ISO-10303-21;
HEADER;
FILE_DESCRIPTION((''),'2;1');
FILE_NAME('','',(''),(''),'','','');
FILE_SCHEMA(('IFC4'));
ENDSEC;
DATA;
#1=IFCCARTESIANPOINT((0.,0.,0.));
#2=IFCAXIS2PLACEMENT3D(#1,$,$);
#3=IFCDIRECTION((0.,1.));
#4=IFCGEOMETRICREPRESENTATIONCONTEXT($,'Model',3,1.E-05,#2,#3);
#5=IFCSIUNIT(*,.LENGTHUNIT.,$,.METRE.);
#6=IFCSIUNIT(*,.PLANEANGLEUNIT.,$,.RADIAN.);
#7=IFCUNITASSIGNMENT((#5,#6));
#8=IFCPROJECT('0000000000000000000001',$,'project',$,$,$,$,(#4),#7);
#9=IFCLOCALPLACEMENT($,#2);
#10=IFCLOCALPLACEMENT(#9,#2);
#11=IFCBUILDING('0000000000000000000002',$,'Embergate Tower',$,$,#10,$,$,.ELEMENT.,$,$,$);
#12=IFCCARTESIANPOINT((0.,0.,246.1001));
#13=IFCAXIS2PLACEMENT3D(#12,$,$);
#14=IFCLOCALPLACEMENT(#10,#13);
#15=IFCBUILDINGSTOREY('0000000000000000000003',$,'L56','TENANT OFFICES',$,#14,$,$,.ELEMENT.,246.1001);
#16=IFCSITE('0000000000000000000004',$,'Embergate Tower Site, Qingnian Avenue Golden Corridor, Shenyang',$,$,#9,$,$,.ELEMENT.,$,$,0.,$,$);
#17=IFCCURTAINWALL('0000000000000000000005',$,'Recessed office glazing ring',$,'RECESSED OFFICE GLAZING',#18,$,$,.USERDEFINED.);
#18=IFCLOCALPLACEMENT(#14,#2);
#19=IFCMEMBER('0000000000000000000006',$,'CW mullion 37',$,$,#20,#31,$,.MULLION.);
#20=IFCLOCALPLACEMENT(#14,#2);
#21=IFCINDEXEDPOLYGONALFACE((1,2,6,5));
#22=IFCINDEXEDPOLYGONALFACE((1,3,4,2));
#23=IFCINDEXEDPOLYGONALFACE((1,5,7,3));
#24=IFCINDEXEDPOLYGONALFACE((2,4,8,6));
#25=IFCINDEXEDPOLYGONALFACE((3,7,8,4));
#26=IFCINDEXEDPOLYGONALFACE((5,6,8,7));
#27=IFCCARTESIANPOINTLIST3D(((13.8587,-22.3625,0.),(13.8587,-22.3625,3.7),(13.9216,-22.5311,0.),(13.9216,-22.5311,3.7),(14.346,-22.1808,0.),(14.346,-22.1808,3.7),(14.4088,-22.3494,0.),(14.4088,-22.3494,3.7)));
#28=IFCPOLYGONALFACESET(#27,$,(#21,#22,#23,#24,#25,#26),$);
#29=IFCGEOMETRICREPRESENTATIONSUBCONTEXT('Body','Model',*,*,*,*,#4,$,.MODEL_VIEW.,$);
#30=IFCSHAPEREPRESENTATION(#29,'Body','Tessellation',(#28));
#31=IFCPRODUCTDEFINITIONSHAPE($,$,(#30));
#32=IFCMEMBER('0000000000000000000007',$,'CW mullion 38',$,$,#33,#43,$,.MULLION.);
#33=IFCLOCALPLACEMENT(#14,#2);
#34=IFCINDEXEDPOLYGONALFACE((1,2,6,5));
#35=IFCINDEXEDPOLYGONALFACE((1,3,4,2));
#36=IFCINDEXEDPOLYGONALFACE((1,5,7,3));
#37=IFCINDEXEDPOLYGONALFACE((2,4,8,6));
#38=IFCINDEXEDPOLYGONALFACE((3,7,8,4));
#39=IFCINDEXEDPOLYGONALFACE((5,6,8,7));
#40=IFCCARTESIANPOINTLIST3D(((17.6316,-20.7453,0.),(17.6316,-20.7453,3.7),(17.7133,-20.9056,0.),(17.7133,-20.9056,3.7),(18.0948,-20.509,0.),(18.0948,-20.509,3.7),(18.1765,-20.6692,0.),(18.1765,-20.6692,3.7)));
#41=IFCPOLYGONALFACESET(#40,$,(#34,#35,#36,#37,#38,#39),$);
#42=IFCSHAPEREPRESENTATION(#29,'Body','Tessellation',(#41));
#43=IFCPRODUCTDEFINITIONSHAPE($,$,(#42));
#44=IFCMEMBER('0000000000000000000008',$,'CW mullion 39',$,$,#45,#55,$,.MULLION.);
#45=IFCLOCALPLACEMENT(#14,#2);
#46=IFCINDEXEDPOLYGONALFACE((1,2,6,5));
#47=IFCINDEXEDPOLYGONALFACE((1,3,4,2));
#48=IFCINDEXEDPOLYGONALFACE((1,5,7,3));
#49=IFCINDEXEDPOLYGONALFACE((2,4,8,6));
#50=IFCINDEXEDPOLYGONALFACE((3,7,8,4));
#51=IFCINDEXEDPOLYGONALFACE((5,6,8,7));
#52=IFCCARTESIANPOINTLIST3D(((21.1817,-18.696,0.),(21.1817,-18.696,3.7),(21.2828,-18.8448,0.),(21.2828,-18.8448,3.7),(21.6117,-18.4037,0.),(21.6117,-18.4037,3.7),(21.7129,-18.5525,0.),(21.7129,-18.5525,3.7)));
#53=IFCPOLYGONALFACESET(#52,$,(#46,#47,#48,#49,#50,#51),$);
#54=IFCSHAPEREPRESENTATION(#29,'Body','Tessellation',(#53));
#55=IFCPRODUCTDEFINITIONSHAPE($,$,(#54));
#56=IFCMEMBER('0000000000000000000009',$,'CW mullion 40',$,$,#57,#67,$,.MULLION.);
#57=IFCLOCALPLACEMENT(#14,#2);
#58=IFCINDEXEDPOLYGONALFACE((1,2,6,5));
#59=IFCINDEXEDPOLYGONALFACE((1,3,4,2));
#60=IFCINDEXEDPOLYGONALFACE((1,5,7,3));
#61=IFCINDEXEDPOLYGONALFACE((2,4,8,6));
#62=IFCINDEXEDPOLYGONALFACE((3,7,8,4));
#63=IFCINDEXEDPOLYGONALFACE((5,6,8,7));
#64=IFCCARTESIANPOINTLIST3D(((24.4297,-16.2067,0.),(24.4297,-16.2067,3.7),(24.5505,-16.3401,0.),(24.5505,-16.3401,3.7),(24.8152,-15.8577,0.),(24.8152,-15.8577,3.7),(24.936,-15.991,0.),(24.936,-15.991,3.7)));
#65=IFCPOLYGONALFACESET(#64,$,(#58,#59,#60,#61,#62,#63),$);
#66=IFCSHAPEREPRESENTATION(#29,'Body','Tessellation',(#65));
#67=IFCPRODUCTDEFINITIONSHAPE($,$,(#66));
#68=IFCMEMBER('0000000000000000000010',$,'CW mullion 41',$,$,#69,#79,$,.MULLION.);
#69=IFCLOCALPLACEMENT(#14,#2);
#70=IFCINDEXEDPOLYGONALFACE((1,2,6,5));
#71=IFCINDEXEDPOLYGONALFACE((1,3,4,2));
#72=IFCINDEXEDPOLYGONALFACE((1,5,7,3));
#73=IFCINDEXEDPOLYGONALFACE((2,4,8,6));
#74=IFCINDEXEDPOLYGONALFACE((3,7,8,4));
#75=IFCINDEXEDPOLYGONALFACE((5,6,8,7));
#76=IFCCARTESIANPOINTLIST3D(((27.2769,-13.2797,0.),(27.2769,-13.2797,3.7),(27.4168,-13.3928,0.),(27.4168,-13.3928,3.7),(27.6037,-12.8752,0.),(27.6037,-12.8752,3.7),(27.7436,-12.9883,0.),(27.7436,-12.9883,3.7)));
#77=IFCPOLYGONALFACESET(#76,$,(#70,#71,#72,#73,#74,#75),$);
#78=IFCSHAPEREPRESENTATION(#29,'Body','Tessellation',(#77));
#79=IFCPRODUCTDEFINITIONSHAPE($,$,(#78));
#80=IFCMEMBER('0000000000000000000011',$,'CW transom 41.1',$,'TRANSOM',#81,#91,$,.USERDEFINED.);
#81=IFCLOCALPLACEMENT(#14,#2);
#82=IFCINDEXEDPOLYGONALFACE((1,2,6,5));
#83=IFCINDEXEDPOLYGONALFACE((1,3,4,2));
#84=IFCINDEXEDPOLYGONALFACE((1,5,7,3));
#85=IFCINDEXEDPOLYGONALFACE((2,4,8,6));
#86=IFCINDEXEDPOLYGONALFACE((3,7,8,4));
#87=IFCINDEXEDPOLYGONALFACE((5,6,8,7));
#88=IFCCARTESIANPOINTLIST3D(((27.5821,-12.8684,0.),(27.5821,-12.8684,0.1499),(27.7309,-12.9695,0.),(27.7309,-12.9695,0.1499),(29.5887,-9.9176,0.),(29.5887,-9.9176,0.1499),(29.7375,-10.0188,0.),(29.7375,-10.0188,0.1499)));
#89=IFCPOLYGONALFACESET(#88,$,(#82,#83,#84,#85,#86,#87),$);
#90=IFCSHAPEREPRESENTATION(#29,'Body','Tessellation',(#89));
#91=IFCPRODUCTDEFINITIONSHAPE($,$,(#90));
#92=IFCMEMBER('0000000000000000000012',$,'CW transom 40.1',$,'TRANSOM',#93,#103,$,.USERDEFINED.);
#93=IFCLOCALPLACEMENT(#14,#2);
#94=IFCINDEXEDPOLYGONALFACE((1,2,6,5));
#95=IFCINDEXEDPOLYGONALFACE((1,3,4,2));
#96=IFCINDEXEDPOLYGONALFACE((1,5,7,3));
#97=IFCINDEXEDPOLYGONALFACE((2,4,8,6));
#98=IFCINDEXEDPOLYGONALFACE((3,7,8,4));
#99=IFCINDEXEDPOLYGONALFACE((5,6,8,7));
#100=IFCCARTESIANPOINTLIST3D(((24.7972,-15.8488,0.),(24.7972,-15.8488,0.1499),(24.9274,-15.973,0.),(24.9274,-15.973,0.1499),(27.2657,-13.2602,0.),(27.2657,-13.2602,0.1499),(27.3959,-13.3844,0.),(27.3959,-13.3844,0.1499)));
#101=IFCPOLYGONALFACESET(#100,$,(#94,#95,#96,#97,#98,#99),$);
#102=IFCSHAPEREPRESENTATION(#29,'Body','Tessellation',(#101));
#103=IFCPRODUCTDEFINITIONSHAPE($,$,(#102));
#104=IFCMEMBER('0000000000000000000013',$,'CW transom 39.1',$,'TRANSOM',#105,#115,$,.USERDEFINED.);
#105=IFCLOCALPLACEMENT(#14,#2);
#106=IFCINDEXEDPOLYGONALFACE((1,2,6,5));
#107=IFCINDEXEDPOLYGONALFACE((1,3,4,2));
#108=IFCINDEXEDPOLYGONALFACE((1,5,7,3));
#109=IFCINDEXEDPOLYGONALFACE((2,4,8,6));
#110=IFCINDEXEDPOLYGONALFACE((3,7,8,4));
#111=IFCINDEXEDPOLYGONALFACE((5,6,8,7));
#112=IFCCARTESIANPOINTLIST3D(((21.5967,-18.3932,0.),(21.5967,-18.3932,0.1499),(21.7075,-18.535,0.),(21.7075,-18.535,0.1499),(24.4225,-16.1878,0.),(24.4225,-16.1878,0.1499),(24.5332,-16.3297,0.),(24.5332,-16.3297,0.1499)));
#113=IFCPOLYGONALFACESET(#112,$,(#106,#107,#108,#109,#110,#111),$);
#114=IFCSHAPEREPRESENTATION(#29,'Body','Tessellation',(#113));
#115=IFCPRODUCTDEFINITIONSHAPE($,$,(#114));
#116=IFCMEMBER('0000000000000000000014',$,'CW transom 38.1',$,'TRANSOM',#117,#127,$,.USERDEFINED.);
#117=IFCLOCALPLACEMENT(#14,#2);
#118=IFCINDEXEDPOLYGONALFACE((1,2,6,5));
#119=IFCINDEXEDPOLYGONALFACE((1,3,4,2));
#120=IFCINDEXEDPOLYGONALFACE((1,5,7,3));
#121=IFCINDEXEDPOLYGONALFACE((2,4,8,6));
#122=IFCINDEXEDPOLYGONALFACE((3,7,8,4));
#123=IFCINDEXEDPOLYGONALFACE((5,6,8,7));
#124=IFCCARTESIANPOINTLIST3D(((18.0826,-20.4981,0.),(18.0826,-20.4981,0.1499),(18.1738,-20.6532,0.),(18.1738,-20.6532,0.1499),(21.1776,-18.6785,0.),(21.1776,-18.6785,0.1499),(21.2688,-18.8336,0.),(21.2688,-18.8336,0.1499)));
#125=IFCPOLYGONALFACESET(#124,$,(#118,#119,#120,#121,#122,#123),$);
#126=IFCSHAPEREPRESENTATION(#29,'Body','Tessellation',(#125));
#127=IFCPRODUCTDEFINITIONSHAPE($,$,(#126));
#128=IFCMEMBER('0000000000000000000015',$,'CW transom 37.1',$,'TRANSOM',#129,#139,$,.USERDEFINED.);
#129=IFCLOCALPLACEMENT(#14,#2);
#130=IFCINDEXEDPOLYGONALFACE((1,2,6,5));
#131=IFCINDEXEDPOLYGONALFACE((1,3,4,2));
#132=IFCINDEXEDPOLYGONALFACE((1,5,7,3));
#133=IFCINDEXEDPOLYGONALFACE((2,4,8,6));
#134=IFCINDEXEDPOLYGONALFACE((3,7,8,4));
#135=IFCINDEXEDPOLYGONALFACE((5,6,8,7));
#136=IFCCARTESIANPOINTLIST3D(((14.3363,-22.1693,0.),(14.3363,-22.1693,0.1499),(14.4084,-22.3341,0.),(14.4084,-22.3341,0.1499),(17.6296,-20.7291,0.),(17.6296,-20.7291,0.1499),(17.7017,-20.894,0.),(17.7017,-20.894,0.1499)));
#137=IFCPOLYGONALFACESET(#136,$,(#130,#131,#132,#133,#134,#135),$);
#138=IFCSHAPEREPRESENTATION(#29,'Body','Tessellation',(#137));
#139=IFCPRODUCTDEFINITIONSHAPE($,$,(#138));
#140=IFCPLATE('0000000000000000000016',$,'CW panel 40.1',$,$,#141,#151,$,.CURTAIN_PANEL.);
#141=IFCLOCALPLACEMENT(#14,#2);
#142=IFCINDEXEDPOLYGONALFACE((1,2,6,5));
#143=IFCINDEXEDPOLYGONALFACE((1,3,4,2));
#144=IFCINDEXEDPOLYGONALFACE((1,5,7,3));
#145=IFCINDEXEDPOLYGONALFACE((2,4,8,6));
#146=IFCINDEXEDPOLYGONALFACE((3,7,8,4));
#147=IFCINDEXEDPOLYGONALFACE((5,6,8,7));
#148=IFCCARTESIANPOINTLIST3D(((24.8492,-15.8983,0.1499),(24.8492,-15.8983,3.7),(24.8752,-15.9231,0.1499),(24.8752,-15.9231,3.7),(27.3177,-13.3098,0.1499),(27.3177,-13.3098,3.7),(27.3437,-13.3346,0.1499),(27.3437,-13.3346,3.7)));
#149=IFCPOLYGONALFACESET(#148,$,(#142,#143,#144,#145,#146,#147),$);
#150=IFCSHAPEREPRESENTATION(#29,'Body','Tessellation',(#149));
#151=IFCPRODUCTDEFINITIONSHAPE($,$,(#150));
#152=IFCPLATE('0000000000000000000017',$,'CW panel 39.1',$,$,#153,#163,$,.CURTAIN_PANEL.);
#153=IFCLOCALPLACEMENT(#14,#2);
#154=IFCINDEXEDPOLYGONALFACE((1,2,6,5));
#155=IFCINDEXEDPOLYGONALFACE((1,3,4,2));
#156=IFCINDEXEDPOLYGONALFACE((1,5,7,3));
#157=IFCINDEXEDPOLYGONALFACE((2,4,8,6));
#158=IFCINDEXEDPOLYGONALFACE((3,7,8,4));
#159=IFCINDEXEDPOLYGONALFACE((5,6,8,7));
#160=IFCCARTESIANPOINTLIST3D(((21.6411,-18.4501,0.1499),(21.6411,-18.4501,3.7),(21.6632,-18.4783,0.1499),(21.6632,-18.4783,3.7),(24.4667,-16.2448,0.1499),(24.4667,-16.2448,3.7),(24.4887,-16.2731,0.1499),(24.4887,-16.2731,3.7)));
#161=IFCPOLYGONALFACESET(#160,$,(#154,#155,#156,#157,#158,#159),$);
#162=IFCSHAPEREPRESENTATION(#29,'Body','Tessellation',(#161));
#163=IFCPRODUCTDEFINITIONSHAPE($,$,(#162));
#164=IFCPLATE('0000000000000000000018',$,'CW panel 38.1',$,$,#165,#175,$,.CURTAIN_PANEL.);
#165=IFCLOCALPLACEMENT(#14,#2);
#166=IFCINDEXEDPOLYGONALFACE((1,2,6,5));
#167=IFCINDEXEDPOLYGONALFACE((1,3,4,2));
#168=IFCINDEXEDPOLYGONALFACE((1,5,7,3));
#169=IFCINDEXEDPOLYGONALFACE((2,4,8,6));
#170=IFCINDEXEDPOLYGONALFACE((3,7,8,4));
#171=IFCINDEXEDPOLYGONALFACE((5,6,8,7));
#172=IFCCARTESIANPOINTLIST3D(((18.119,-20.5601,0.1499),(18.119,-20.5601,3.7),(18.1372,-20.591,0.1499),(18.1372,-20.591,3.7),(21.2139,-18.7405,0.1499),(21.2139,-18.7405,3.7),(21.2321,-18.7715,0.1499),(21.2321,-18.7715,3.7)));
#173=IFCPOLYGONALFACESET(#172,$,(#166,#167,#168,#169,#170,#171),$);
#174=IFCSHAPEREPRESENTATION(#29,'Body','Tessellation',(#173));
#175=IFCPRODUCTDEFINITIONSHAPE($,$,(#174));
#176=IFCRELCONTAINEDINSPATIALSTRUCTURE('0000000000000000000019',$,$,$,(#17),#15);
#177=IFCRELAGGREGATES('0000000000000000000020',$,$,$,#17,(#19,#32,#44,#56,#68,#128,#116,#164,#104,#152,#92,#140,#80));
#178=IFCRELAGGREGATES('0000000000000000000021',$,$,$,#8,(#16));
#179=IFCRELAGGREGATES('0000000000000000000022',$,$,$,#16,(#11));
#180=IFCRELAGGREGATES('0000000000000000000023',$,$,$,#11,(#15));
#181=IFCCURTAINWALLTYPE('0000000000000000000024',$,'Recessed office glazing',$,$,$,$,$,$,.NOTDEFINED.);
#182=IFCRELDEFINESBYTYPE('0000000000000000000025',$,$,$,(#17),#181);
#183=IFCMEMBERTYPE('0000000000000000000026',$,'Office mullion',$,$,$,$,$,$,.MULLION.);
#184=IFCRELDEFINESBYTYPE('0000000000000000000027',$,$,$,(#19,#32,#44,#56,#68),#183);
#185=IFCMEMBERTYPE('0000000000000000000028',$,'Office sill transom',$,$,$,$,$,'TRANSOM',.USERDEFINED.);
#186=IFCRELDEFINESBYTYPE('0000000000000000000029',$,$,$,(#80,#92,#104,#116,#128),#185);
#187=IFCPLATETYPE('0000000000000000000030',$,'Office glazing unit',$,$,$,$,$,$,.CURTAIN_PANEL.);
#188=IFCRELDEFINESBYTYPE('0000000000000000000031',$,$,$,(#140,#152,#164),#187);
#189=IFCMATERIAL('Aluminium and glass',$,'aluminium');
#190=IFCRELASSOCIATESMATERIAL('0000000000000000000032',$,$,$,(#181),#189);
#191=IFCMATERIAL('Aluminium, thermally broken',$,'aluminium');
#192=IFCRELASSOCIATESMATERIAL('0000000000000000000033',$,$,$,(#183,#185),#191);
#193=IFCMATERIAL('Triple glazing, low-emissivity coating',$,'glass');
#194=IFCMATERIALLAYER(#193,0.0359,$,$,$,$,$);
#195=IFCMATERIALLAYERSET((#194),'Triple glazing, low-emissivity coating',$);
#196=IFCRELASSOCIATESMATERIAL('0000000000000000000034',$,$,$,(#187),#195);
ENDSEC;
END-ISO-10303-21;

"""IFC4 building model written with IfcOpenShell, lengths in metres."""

from ifc_helpers import new_model, si_unit, direction, frame, origin, origin_2d, place, context, subcontext, project, spatial, rectangle, extrude, source, transform, mapped, material, layer, layer_set, material_profile, profile_set, type_object, element, aggregate, save


model = new_model("IFC4")

# Units and contexts
model_context = context("Model", 3, precision=1e-05, world=origin(), true_north=direction((0.0, 1.0)))
body_context = subcontext(model_context, "Body", "Model", "MODEL_VIEW")
ifc_project = project(units=[si_unit("LENGTHUNIT", "METRE"), si_unit("PLANEANGLEUNIT", "RADIAN")], contexts=[model_context])

# Site, building, storey
site_placement = place(None, origin())
site = spatial("IfcSite", under=ifc_project, at=site_placement, Name="Embergate Tower Site, Qingnian Avenue Golden Corridor, Shenyang", CompositionType="ELEMENT", RefElevation=0.0)
building_placement = place(site_placement, origin())
building = spatial("IfcBuilding", under=site, at=building_placement, Name="Embergate Tower", CompositionType="ELEMENT")
storey_placement = place(building_placement, frame((0.0, 0.0, 246.1001)))
storey = spatial("IfcBuildingStorey", under=building, at=storey_placement, Name="L56", Description="TENANT OFFICES", CompositionType="ELEMENT", Elevation=246.1001)

# Curtain wall, members, plates
ifc_material_1 = material(Name="Aluminium and glass", Category="aluminium")
curtain_wall_type = type_object("IfcCurtainWallType", Name="Recessed office glazing", PredefinedType="NOTDEFINED", material=ifc_material_1)
curtain_wall_placement = place(storey_placement, origin())
curtain_wall = element("IfcCurtainWall", 1, at=curtain_wall_placement, inside=storey, type_object=curtain_wall_type, Name="Recessed office glazing ring", ObjectType="RECESSED OFFICE GLAZING", PredefinedType="USERDEFINED")
ifc_material_2 = material(Name="Aluminium, thermally broken", Category="aluminium")
ifc_material_profile_1 = material_profile(ifc_material_2, rectangle(XDim=0.1799, YDim=0.52, at=origin_2d()), Name="AL 520x180")
ifc_profile_set_1 = profile_set([ifc_material_profile_1], Name="Aluminium, thermally broken")
member_type_1 = type_object("IfcMemberType", Name="Office mullion", PredefinedType="MULLION", material=ifc_profile_set_1)
shared_shape_1 = source(origin(), body_context, "Body", "SweptSolid", [
    extrude(rectangle(XDim=0.1799, YDim=0.52, at=origin_2d()), origin(), (0.0, 0.0, 1.0), 3.7),
])
member_1_placement = place(storey_placement, frame((14.1338, -22.356, 0.0), z_axis=(0.0, 0.0, 1.0), x_axis=(-0.349503, 0.936935, 0.0)))
member_1 = element("IfcMember", 2, at=member_1_placement, type_object=member_type_1, Name="CW mullion 37", PredefinedType="MULLION", context=body_context, shape_type="MappedRepresentation", body=[
    mapped(shared_shape_1, transform((0.0, 0.0, 0.0))),
])
member_2_placement = place(storey_placement, frame((17.9041, -20.7073, 0.0), z_axis=(0.0, 0.0, 1.0), x_axis=(-0.45451, 0.890742, 0.0)))
member_2 = element("IfcMember", 3, at=member_2_placement, type_object=member_type_1, Name="CW mullion 38", PredefinedType="MULLION", context=body_context, shape_type="MappedRepresentation", body=[
    mapped(shared_shape_1, transform((0.0, 0.0, 0.0))),
])
member_3_placement = place(storey_placement, frame((21.4473, -18.6243, 0.0), z_axis=(0.0, 0.0, 1.0), x_axis=(-0.562215, 0.826991, 0.0)))
member_3 = element("IfcMember", 4, at=member_3_placement, type_object=member_type_1, Name="CW mullion 39", PredefinedType="MULLION", context=body_context, shape_type="MappedRepresentation", body=[
    mapped(shared_shape_1, transform((0.0, 0.0, 0.0))),
])
member_4_placement = place(storey_placement, frame((24.6829, -16.0989, 0.0), z_axis=(0.0, 0.0, 1.0), x_axis=(-0.671224, 0.741255, 0.0)))
member_4 = element("IfcMember", 5, at=member_4_placement, type_object=member_type_1, Name="CW mullion 40", PredefinedType="MULLION", context=body_context, shape_type="MappedRepresentation", body=[
    mapped(shared_shape_1, transform((0.0, 0.0, 0.0))),
])
member_5_placement = place(storey_placement, frame((27.5103, -13.134, 0.0), z_axis=(0.0, 0.0, 1.0), x_axis=(-0.777868, 0.628427, 0.0)))
member_5 = element("IfcMember", 6, at=member_5_placement, type_object=member_type_1, Name="CW mullion 41", PredefinedType="MULLION", context=body_context, shape_type="MappedRepresentation", body=[
    mapped(shared_shape_1, transform((0.0, 0.0, 0.0))),
])
ifc_material_profile_2 = material_profile(ifc_material_2, rectangle(XDim=0.1799, YDim=0.1499, at=origin_2d()), Name="AL 150x180")
ifc_profile_set_2 = profile_set([ifc_material_profile_2], Name="Aluminium, thermally broken")
member_type_2 = type_object("IfcMemberType", Name="Office sill transom", ElementType="TRANSOM", PredefinedType="USERDEFINED", material=ifc_profile_set_2)
shared_shape_2 = source(origin(), body_context, "Body", "SweptSolid", [
    extrude(rectangle(XDim=0.1799, YDim=0.1499, at=origin_2d()), origin(), (0.0, 0.0, 1.0), 3.5684),
])
member_6_placement = place(storey_placement, frame((27.6565, -12.9189, 0.075), z_axis=(0.562334, 0.82691, 0.0), x_axis=(-0.82691, 0.562334, 0.0)))
member_6 = element("IfcMember", 7, at=member_6_placement, type_object=member_type_2, Name="CW transom 41.1", ObjectType="TRANSOM", PredefinedType="USERDEFINED", context=body_context, shape_type="MappedRepresentation", body=[
    mapped(shared_shape_2, transform((0.0, 0.0, 0.0))),
])
shared_shape_3 = source(origin(), body_context, "Body", "SweptSolid", [
    extrude(rectangle(XDim=0.1799, YDim=0.1499, at=origin_2d()), origin(), (0.0, 0.0, 1.0), 3.5769),
])
member_7_placement = place(storey_placement, frame((24.8623, -15.9109, 0.075), z_axis=(0.690117, 0.723698, 0.0), x_axis=(-0.723698, 0.690117, 0.0)))
member_7 = element("IfcMember", 8, at=member_7_placement, type_object=member_type_2, Name="CW transom 40.1", ObjectType="TRANSOM", PredefinedType="USERDEFINED", context=body_context, shape_type="MappedRepresentation", body=[
    mapped(shared_shape_3, transform((0.0, 0.0, 0.0))),
])
shared_shape_4 = source(origin(), body_context, "Body", "SweptSolid", [
    extrude(rectangle(XDim=0.1799, YDim=0.1499, at=origin_2d()), origin(), (0.0, 0.0, 1.0), 3.5845),
])
member_8_placement = place(storey_placement, frame((21.6521, -18.4641, 0.075), z_axis=(0.788328, 0.615255, 0.0), x_axis=(-0.615255, 0.788328, 0.0)))
member_8 = element("IfcMember", 9, at=member_8_placement, type_object=member_type_2, Name="CW transom 39.1", ObjectType="TRANSOM", PredefinedType="USERDEFINED", context=body_context, shape_type="MappedRepresentation", body=[
    mapped(shared_shape_4, transform((0.0, 0.0, 0.0))),
])
shared_shape_5 = source(origin(), body_context, "Body", "SweptSolid", [
    extrude(rectangle(XDim=0.1799, YDim=0.1499, at=origin_2d()), origin(), (0.0, 0.0, 1.0), 3.5903),
])
member_9_placement = place(storey_placement, frame((18.1282, -20.5757, 0.075), z_axis=(0.862055, 0.506815, 0.0), x_axis=(-0.506815, 0.862055, 0.0)))
member_9 = element("IfcMember", 10, at=member_9_placement, type_object=member_type_2, Name="CW transom 38.1", ObjectType="TRANSOM", PredefinedType="USERDEFINED", context=body_context, shape_type="MappedRepresentation", body=[
    mapped(shared_shape_5, transform((0.0, 0.0, 0.0))),
])
shared_shape_6 = source(origin(), body_context, "Body", "SweptSolid", [
    extrude(rectangle(XDim=0.1799, YDim=0.1499, at=origin_2d()), origin(), (0.0, 0.0, 1.0), 3.5945),
])
member_10_placement = place(storey_placement, frame((14.3723, -22.2517, 0.075), z_axis=(0.916229, 0.400655, 0.0), x_axis=(-0.400655, 0.916229, 0.0)))
member_10 = element("IfcMember", 11, at=member_10_placement, type_object=member_type_2, Name="CW transom 37.1", ObjectType="TRANSOM", PredefinedType="USERDEFINED", context=body_context, shape_type="MappedRepresentation", body=[
    mapped(shared_shape_6, transform((0.0, 0.0, 0.0))),
])
ifc_material_3 = material(Name="Triple glazing, low-emissivity coating", Category="glass")
ifc_layer = layer(ifc_material_3, 0.0359)
ifc_layer_set = layer_set([ifc_layer], Name="Triple glazing, low-emissivity coating")
plate_type = type_object("IfcPlateType", Name="Office glazing unit", PredefinedType="CURTAIN_PANEL", material=ifc_layer_set)
shared_shape_7 = source(origin(), body_context, "Body", "SweptSolid", [
    extrude(rectangle(XDim=3.5769, YDim=0.0359, at=origin_2d()), origin(), (0.0, 0.0, 1.0), 3.55),
])
plate_1_placement = place(storey_placement, frame((26.0964, -14.6165, 0.1499), z_axis=(0.0, 0.0, 1.0), x_axis=(0.690134, 0.723682, 0.0)))
plate_1 = element("IfcPlate", 12, at=plate_1_placement, type_object=plate_type, Name="CW panel 40.1", PredefinedType="CURTAIN_PANEL", context=body_context, shape_type="MappedRepresentation", body=[
    mapped(shared_shape_7, transform((0.0, 0.0, 0.0))),
])
shared_shape_8 = source(origin(), body_context, "Body", "SweptSolid", [
    extrude(rectangle(XDim=3.5842, YDim=0.0359, at=origin_2d()), origin(), (0.0, 0.0, 1.0), 3.55),
])
plate_2_placement = place(storey_placement, frame((23.0649, -17.3616, 0.1499), z_axis=(0.0, 0.0, 1.0), x_axis=(0.788319, 0.615267, 0.0)))
plate_2 = element("IfcPlate", 13, at=plate_2_placement, type_object=plate_type, Name="CW panel 39.1", PredefinedType="CURTAIN_PANEL", context=body_context, shape_type="MappedRepresentation", body=[
    mapped(shared_shape_8, transform((0.0, 0.0, 0.0))),
])
shared_shape_9 = source(origin(), body_context, "Body", "SweptSolid", [
    extrude(rectangle(XDim=3.5901, YDim=0.0359, at=origin_2d()), origin(), (0.0, 0.0, 1.0), 3.55),
])
plate_3_placement = place(storey_placement, frame((19.6755, -19.6658, 0.1499), z_axis=(0.0, 0.0, 1.0), x_axis=(0.862051, 0.506821, 0.0)))
plate_3 = element("IfcPlate", 14, at=plate_3_placement, type_object=plate_type, Name="CW panel 38.1", PredefinedType="CURTAIN_PANEL", context=body_context, shape_type="MappedRepresentation", body=[
    mapped(shared_shape_9, transform((0.0, 0.0, 0.0))),
])
aggregate(curtain_wall, [member_1, member_2, member_3, member_4, member_5, member_10, member_9, plate_3, member_8, plate_2, member_7, plate_1, member_6])

save(model, "model.ifc")
